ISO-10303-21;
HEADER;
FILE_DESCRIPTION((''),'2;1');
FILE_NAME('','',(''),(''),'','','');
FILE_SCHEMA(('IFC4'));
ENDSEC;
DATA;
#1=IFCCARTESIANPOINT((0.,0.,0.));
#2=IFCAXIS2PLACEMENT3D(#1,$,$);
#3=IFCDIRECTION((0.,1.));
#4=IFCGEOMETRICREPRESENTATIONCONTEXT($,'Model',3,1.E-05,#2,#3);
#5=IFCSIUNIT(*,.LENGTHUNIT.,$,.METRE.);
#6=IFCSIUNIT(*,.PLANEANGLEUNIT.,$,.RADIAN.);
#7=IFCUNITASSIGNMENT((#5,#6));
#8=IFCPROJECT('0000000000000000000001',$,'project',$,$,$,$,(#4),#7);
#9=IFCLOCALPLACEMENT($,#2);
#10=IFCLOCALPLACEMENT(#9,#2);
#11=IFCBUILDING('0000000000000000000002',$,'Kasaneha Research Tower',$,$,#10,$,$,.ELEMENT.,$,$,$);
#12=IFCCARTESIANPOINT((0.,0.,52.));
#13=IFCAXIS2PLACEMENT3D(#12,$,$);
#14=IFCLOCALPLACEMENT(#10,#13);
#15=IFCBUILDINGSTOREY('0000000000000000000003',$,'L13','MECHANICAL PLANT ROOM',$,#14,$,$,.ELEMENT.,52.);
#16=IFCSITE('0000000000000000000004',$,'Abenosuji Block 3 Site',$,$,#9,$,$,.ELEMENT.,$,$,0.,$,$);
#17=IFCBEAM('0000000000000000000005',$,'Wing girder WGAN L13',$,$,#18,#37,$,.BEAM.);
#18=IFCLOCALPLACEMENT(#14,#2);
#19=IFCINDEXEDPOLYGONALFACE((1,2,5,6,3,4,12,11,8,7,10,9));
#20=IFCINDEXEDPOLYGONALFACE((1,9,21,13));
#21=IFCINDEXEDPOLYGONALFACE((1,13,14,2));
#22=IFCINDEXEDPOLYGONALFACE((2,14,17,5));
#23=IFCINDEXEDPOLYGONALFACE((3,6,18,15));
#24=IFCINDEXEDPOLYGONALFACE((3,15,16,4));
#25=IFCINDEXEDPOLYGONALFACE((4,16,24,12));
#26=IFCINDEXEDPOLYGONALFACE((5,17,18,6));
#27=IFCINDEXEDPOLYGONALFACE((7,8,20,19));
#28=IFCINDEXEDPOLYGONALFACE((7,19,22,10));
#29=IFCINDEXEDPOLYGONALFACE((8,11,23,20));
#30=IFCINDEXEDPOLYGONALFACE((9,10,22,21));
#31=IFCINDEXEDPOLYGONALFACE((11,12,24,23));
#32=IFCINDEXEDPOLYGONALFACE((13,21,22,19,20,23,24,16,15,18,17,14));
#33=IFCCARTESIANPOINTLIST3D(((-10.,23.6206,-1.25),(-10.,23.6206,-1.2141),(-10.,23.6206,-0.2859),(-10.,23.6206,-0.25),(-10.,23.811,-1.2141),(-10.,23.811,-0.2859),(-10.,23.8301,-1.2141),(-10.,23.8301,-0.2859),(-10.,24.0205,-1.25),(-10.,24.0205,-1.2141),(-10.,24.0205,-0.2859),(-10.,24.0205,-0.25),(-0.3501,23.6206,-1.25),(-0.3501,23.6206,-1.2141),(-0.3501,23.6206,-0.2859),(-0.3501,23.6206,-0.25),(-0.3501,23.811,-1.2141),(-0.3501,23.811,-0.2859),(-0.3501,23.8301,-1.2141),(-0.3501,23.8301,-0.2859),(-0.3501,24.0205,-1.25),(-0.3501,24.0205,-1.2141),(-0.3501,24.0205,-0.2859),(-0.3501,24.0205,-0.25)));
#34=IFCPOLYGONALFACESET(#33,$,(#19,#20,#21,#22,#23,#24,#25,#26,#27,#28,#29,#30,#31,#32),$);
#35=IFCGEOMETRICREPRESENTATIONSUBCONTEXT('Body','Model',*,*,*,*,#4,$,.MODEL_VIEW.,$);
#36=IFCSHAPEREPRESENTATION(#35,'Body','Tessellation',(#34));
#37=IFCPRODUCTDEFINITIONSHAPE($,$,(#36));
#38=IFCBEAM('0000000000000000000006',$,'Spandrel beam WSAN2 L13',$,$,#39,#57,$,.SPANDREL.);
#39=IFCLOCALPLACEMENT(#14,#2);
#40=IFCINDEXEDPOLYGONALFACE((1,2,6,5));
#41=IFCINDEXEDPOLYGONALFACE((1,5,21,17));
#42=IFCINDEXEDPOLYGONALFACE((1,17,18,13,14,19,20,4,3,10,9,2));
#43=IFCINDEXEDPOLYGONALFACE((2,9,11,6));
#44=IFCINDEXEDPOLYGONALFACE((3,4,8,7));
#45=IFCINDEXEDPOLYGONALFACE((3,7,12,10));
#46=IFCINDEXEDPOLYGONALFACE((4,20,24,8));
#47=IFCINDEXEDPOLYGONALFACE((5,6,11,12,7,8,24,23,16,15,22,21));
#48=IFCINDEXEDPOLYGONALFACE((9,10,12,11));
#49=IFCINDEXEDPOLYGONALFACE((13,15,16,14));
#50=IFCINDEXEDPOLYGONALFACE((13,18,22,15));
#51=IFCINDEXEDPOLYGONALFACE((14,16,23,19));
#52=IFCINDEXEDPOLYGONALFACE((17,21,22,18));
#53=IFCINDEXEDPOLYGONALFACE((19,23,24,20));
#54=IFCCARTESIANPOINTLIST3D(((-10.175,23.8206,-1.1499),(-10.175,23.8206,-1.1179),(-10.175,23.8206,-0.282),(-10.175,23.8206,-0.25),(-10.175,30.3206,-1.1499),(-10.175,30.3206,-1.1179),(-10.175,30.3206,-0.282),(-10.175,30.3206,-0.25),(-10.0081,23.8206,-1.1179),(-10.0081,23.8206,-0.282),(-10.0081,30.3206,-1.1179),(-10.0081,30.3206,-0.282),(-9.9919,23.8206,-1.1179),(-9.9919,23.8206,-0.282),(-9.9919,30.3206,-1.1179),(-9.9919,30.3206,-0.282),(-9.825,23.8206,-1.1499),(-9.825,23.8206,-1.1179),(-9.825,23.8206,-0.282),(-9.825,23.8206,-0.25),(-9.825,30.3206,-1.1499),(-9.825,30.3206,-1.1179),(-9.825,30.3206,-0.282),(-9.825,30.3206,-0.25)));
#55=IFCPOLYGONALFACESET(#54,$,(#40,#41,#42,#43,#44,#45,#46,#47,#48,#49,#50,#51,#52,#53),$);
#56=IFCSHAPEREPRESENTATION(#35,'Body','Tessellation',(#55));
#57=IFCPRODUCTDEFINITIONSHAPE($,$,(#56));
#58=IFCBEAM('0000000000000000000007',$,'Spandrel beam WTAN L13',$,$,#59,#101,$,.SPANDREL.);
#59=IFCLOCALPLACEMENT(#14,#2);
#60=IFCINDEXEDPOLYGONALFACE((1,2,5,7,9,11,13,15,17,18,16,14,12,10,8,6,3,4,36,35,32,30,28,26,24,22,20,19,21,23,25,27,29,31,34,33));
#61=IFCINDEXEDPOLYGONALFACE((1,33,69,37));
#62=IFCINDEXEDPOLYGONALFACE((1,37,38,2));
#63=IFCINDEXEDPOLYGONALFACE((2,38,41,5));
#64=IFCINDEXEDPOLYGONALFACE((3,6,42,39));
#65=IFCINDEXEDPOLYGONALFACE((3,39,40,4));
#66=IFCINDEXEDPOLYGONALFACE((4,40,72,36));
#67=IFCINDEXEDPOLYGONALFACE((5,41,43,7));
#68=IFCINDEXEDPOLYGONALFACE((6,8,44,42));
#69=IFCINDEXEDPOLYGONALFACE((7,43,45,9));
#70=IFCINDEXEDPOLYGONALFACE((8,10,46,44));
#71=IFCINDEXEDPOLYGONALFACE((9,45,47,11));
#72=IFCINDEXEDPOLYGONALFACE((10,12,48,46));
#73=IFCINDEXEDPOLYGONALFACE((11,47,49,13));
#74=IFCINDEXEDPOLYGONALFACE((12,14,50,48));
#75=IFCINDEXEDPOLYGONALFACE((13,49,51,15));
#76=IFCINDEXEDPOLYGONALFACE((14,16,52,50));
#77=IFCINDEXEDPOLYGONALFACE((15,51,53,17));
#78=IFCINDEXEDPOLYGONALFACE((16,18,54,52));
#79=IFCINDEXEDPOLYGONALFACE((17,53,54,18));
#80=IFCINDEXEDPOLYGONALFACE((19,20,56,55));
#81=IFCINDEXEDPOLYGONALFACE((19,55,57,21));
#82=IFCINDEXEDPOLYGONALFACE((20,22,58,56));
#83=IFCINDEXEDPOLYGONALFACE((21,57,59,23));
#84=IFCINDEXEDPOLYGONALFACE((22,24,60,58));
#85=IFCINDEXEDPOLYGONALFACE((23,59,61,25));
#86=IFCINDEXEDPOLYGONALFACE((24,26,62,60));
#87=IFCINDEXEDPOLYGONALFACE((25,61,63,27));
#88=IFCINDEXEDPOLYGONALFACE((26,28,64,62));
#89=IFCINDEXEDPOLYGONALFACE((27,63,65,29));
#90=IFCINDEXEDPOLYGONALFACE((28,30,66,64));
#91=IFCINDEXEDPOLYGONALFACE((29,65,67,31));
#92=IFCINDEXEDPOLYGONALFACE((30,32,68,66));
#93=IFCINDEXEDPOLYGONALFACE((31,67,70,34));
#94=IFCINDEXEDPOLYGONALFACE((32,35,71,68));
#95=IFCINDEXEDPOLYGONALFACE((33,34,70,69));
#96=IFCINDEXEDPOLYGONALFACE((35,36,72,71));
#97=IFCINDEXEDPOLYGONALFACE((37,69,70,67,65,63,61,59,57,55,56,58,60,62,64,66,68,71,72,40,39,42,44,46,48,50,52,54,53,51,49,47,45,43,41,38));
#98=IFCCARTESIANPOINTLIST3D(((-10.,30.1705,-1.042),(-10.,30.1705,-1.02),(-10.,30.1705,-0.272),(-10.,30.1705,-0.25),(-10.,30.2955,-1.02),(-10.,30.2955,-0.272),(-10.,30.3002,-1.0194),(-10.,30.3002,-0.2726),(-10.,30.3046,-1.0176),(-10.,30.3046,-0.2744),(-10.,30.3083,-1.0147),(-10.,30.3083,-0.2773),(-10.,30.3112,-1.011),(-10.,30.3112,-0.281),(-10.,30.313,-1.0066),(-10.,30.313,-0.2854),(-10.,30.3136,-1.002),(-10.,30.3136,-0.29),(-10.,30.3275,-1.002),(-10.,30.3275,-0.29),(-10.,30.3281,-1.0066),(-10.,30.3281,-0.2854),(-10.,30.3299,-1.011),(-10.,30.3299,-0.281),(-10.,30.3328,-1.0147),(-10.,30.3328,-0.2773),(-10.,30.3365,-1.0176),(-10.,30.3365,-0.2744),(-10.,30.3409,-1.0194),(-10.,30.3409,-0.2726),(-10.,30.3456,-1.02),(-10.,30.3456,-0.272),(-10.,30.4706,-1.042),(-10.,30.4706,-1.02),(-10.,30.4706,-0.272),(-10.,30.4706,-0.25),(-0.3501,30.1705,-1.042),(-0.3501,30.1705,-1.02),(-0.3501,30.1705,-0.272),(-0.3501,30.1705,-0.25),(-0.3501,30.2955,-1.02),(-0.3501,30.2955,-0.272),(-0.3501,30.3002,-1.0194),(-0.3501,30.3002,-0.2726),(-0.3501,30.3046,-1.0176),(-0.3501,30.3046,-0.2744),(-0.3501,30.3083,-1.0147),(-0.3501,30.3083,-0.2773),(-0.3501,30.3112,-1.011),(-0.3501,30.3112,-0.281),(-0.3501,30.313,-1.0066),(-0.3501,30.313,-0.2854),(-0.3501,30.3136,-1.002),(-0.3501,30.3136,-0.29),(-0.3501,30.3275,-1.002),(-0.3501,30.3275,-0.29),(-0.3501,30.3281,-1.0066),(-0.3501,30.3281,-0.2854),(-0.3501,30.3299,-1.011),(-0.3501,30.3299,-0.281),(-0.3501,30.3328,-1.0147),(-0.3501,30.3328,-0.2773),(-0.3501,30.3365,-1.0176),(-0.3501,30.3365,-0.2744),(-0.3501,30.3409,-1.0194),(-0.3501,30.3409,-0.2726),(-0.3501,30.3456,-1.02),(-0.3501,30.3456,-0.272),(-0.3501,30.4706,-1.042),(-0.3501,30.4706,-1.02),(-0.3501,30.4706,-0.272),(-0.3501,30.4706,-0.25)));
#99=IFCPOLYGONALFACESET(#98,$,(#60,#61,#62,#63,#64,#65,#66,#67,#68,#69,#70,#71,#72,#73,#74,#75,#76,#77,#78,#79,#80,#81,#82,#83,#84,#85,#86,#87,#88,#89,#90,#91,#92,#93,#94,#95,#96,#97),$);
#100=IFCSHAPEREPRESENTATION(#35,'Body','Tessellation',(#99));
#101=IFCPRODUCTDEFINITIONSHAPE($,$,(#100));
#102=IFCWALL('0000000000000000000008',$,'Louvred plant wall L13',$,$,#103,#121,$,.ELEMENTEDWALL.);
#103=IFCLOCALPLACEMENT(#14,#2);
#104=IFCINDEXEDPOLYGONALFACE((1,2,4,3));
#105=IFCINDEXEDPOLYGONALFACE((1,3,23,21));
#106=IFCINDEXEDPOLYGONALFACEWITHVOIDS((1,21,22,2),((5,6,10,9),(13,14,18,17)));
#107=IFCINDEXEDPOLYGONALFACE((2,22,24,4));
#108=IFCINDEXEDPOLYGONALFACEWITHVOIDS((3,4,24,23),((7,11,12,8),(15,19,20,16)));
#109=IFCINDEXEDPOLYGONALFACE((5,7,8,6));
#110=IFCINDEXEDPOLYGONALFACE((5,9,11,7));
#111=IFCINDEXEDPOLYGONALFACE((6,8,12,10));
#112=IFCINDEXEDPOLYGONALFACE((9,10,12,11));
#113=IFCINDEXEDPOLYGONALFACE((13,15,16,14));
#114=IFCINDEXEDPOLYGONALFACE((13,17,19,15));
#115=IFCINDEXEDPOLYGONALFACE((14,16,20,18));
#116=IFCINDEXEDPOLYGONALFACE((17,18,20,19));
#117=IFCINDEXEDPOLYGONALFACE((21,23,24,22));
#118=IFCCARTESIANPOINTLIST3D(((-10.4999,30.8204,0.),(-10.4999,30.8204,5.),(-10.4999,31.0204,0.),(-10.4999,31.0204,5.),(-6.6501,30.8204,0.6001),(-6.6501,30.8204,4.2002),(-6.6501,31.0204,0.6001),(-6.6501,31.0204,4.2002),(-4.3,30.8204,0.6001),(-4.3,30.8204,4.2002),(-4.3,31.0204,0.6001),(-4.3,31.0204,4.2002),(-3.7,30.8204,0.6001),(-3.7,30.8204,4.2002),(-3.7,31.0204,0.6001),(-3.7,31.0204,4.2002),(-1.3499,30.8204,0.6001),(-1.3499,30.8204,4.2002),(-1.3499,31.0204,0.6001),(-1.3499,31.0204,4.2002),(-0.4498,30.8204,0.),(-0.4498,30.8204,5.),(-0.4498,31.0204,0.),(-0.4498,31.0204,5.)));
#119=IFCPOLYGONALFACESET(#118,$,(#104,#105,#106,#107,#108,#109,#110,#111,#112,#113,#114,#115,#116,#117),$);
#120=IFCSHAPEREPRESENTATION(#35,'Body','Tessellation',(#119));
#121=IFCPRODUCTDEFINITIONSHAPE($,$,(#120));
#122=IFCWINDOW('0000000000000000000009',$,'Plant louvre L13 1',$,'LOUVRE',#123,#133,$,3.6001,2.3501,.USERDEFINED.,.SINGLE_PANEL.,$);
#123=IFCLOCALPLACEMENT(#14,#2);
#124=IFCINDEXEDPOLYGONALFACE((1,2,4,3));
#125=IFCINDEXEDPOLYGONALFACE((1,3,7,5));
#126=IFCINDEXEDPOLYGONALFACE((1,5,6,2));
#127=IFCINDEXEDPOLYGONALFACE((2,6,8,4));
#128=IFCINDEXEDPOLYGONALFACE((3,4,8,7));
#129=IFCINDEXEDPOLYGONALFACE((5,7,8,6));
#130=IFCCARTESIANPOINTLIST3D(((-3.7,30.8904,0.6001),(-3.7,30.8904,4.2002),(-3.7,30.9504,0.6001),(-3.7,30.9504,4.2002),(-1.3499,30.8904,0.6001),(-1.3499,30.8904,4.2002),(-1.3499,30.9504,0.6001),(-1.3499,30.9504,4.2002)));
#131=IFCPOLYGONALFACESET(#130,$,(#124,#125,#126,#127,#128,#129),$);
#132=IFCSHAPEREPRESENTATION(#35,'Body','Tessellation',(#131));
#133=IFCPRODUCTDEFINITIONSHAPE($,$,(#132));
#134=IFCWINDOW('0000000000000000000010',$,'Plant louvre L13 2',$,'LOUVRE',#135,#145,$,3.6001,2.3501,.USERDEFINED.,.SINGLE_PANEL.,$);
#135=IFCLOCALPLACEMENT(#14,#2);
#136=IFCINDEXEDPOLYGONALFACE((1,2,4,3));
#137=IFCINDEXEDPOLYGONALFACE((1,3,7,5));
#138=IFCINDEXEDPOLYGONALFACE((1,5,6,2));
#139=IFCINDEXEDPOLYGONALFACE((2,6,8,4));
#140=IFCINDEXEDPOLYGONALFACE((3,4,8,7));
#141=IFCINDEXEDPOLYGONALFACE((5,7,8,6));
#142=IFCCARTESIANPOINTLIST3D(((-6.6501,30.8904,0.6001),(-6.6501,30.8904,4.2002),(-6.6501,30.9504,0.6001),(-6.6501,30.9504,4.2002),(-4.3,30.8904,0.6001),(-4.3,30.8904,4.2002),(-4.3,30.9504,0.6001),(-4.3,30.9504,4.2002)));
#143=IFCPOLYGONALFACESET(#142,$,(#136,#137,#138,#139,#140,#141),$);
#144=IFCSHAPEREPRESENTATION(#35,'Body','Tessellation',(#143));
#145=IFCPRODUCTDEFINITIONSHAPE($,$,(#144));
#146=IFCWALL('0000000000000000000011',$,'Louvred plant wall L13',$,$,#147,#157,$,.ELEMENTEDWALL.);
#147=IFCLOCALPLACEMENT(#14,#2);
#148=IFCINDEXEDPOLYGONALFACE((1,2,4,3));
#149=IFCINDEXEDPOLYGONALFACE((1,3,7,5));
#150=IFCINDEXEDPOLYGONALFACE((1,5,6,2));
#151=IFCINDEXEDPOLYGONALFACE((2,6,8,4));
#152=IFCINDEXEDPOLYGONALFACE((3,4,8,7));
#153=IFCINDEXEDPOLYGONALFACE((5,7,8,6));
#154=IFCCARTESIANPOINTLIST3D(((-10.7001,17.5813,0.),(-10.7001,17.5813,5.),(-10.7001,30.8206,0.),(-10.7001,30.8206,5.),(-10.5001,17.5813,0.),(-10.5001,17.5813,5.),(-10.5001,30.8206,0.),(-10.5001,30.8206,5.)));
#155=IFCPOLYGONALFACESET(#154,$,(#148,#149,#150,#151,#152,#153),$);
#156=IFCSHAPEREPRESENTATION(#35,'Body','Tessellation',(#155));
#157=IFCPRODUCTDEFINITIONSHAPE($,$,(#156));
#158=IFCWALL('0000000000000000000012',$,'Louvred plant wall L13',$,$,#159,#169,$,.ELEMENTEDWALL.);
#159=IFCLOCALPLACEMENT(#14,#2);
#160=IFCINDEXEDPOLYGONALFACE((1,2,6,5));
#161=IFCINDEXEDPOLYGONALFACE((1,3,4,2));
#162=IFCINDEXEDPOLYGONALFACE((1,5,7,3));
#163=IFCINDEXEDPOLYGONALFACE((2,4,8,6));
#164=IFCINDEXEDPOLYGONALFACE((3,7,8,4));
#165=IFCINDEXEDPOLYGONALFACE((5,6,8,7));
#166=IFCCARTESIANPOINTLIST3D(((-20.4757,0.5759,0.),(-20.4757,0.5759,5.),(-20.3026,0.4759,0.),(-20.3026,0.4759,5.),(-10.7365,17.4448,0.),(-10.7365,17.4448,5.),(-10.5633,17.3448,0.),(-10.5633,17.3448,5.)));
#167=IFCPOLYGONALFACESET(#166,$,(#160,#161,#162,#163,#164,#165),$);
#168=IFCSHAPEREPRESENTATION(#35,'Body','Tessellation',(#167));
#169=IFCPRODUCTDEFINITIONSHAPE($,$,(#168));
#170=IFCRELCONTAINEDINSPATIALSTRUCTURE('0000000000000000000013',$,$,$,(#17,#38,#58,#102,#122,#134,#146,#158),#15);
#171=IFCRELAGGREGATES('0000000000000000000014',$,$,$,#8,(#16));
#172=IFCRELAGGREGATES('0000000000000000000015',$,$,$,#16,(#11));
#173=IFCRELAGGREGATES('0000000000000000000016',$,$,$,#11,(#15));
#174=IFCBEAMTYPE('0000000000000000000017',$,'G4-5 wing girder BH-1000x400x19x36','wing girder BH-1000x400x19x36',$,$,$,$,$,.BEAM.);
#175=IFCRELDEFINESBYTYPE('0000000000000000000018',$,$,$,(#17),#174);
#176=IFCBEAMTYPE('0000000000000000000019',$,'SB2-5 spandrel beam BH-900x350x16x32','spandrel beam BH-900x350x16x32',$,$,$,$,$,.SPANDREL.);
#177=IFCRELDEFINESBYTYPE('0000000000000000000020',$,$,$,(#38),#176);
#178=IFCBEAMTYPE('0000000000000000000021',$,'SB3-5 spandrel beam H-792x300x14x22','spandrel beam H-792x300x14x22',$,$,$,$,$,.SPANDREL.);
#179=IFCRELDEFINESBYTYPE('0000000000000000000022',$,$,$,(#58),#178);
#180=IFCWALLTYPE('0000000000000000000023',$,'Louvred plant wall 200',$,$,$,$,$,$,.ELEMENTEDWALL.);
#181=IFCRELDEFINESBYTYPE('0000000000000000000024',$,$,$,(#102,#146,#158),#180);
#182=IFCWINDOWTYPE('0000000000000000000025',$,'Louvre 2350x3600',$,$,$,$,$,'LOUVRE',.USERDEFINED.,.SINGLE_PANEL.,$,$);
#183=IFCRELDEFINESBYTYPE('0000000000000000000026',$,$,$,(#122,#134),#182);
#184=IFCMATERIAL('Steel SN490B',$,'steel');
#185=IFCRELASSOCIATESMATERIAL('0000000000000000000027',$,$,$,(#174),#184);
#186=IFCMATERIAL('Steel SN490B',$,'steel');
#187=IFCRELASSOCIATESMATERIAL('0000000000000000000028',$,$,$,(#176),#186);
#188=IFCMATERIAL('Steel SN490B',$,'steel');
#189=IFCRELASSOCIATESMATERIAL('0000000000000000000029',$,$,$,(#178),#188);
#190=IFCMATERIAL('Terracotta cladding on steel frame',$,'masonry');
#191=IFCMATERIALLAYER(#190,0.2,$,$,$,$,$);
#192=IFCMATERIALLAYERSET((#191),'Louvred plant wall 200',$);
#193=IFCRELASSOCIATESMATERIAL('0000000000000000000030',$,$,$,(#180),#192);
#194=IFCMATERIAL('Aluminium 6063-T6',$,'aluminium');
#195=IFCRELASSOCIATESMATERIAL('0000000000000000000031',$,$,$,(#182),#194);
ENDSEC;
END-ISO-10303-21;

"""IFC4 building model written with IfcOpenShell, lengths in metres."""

from ifc_helpers import new_model, si_unit, direction, frame, frame_2d, origin, origin_2d, place, context, subcontext, project, spatial, rectangle, i_section, extrude, material, layer, layer_set, material_profile, profile_set, type_object, element, fill, save


model = new_model("IFC4")

# Units and contexts
model_context = context("Model", 3, precision=1e-05, world=origin(), true_north=direction((0.0, 1.0)))
body_context = subcontext(model_context, "Body", "Model", "MODEL_VIEW")
ifc_project = project(units=[si_unit("LENGTHUNIT", "METRE"), si_unit("PLANEANGLEUNIT", "RADIAN")], contexts=[model_context])

# Site, building, storey
site_placement = place(None, origin())
site = spatial("IfcSite", under=ifc_project, at=site_placement, Name="Abenosuji Block 3 Site", CompositionType="ELEMENT", RefElevation=0.0)
building_placement = place(site_placement, origin())
building = spatial("IfcBuilding", under=site, at=building_placement, Name="Kasaneha Research Tower", CompositionType="ELEMENT")
storey_placement = place(building_placement, frame((0.0, 0.0, 52.0)))
storey = spatial("IfcBuildingStorey", under=building, at=storey_placement, Name="L13", Description="MECHANICAL PLANT ROOM", CompositionType="ELEMENT", Elevation=52.0)

# Beams
ifc_material_1 = material(Name="Steel SN490B", Category="steel")
ifc_material_profile_1 = material_profile(ifc_material_1, i_section(OverallWidth=0.3999, OverallDepth=1.0, WebThickness=0.019, FlangeThickness=0.0359, at=origin_2d()), Name="BH-1000x400x19x36")
ifc_profile_set_1 = profile_set([ifc_material_profile_1], Name="Steel SN490B")
beam_type_1 = type_object("IfcBeamType", Name="G4-5 wing girder BH-1000x400x19x36", Description="wing girder BH-1000x400x19x36", PredefinedType="BEAM", material=ifc_profile_set_1)
beam_1_placement = place(storey_placement, frame((-10.0, 23.8206, -0.75), z_axis=(1.0, 0.0, 0.0), x_axis=(0.0, 1.0, 0.0)))
element("IfcBeam", 1, at=beam_1_placement, inside=storey, type_object=beam_type_1, Name="Wing girder WGAN L13", PredefinedType="BEAM", context=body_context, shape_type="SweptSolid", body=[
    extrude(i_section(OverallWidth=0.3999, OverallDepth=1.0, WebThickness=0.019, FlangeThickness=0.0359, at=origin_2d()), origin(), (0.0, 0.0, 1.0), 9.6499),
])
ifc_material_2 = material(Name="Steel SN490B", Category="steel")
ifc_material_profile_2 = material_profile(ifc_material_2, i_section(OverallWidth=0.3501, OverallDepth=0.8999, WebThickness=0.0161, FlangeThickness=0.032, at=origin_2d()), Name="BH-900x350x16x32")
ifc_profile_set_2 = profile_set([ifc_material_profile_2], Name="Steel SN490B")
beam_type_2 = type_object("IfcBeamType", Name="SB2-5 spandrel beam BH-900x350x16x32", Description="spandrel beam BH-900x350x16x32", PredefinedType="SPANDREL", material=ifc_profile_set_2)
beam_2_placement = place(storey_placement, frame((-10.0, 23.8206, -0.7), z_axis=(0.0, 1.0, 0.0), x_axis=(-1.0, 0.0, 0.0)))
element("IfcBeam", 2, at=beam_2_placement, inside=storey, type_object=beam_type_2, Name="Spandrel beam WSAN2 L13", PredefinedType="SPANDREL", context=body_context, shape_type="SweptSolid", body=[
    extrude(i_section(OverallWidth=0.3501, OverallDepth=0.8999, WebThickness=0.0161, FlangeThickness=0.032, at=origin_2d()), origin(), (0.0, 0.0, 1.0), 6.5),
])
ifc_material_3 = material(Name="Steel SN490B", Category="steel")
ifc_material_profile_3 = material_profile(ifc_material_3, i_section(OverallWidth=0.3, OverallDepth=0.792, WebThickness=0.0139, FlangeThickness=0.022, FilletRadius=0.0181, at=origin_2d()), Name="H-792x300x14x22")
ifc_profile_set_3 = profile_set([ifc_material_profile_3], Name="Steel SN490B")
beam_type_3 = type_object("IfcBeamType", Name="SB3-5 spandrel beam H-792x300x14x22", Description="spandrel beam H-792x300x14x22", PredefinedType="SPANDREL", material=ifc_profile_set_3)
beam_3_placement = place(storey_placement, frame((-10.0, 30.3206, -0.646), z_axis=(1.0, 0.0, 0.0), x_axis=(0.0, 1.0, 0.0)))
element("IfcBeam", 3, at=beam_3_placement, inside=storey, type_object=beam_type_3, Name="Spandrel beam WTAN L13", PredefinedType="SPANDREL", context=body_context, shape_type="SweptSolid", body=[
    extrude(i_section(OverallWidth=0.3, OverallDepth=0.792, WebThickness=0.0139, FlangeThickness=0.022, FilletRadius=0.0181, at=origin_2d()), origin(), (0.0, 0.0, 1.0), 9.6499),
])

# Wall, openings, windows
ifc_material_4 = material(Name="Terracotta cladding on steel frame", Category="masonry")
ifc_layer_1 = layer(ifc_material_4, 0.2)
ifc_layer_set_1 = layer_set([ifc_layer_1], Name="Louvred plant wall 200")
wall_type_1 = type_object("IfcWallType", Name="Louvred plant wall 200", PredefinedType="ELEMENTEDWALL", material=ifc_layer_set_1)
wall_1_placement = place(storey_placement, frame((-0.45, 30.9204, 0.0), z_axis=(0.0, 0.0, 1.0), x_axis=(-1.0, 0.0, 0.0)))
wall_1 = element("IfcWall", 4, at=wall_1_placement, inside=storey, type_object=wall_type_1, Name="Louvred plant wall L13", PredefinedType="ELEMENTEDWALL", context=body_context, shape_type="SweptSolid", body=[
    extrude(rectangle(XDim=10.05, YDim=0.2, at=frame_2d((5.0249, 0.0))), origin(), (0.0, 0.0, 1.0), 5.0),
])
opening_1_placement = place(wall_1_placement, frame((0.8999, 0.0, 0.6001)))
opening_1 = element("IfcOpeningElement", 5, at=opening_1_placement, cuts=wall_1, PredefinedType="OPENING", context=body_context, shape_type="SweptSolid", body=[
    extrude(rectangle(XDim=2.3501, YDim=3.6001, at=frame_2d((1.175, 1.8))), frame((0.0, 0.1099, 0.0), z_axis=(0.0, -1.0, 0.0), x_axis=(1.0, 0.0, 0.0)), (0.0, 0.0, 1.0), 0.22),
])
opening_2_placement = place(wall_1_placement, frame((3.8501, 0.0, 0.6001)))
opening_2 = element("IfcOpeningElement", 6, at=opening_2_placement, cuts=wall_1, PredefinedType="OPENING", context=body_context, shape_type="SweptSolid", body=[
    extrude(rectangle(XDim=2.3501, YDim=3.6001, at=frame_2d((1.175, 1.8))), frame((0.0, 0.1099, 0.0), z_axis=(0.0, -1.0, 0.0), x_axis=(1.0, 0.0, 0.0)), (0.0, 0.0, 1.0), 0.22),
])
ifc_material_5 = material(Name="Aluminium 6063-T6", Category="aluminium")
window_type = type_object("IfcWindowType", Name="Louvre 2350x3600", ElementType="LOUVRE", PartitioningType="SINGLE_PANEL", PredefinedType="USERDEFINED", material=ifc_material_5)
window_1_placement = place(opening_1_placement, origin())
window_1 = element("IfcWindow", 7, at=window_1_placement, inside=storey, type_object=window_type, Name="Plant louvre L13 1", ObjectType="LOUVRE", OverallHeight=3.6001, OverallWidth=2.3501, PartitioningType="SINGLE_PANEL", PredefinedType="USERDEFINED", context=body_context, shape_type="SweptSolid", body=[
    extrude(rectangle(XDim=2.3501, YDim=3.6001, at=frame_2d((1.175, 1.8))), frame((0.0, 0.03, 0.0), z_axis=(0.0, -1.0, 0.0), x_axis=(1.0, 0.0, 0.0)), (0.0, 0.0, 1.0), 0.0601),
])
fill(opening_1, window_1)
window_2_placement = place(opening_2_placement, origin())
window_2 = element("IfcWindow", 8, at=window_2_placement, inside=storey, type_object=window_type, Name="Plant louvre L13 2", ObjectType="LOUVRE", OverallHeight=3.6001, OverallWidth=2.3501, PartitioningType="SINGLE_PANEL", PredefinedType="USERDEFINED", context=body_context, shape_type="SweptSolid", body=[
    extrude(rectangle(XDim=2.3501, YDim=3.6001, at=frame_2d((1.175, 1.8))), frame((0.0, 0.03, 0.0), z_axis=(0.0, -1.0, 0.0), x_axis=(1.0, 0.0, 0.0)), (0.0, 0.0, 1.0), 0.0601),
])
fill(opening_2, window_2)

# Walls
wall_2_placement = place(storey_placement, frame((-10.6001, 30.8206, 0.0), z_axis=(0.0, 0.0, 1.0), x_axis=(0.0, -1.0, 0.0)))
element("IfcWall", 9, at=wall_2_placement, inside=storey, type_object=wall_type_1, Name="Louvred plant wall L13", PredefinedType="ELEMENTEDWALL", context=body_context, shape_type="SweptSolid", body=[
    extrude(rectangle(XDim=13.2393, YDim=0.2, at=frame_2d((6.6196, 0.0))), origin(), (0.0, 0.0, 1.0), 5.0),
])
wall_3_placement = place(storey_placement, frame((-10.6499, 17.3948, 0.0), z_axis=(0.0, 0.0, 1.0), x_axis=(-0.5, -0.866025, 0.0)))
element("IfcWall", 10, at=wall_3_placement, inside=storey, type_object=wall_type_1, Name="Louvred plant wall L13", PredefinedType="ELEMENTEDWALL", context=body_context, shape_type="SweptSolid", body=[
    extrude(rectangle(XDim=19.4785, YDim=0.2, at=frame_2d((9.7393, 0.0))), origin(), (0.0, 0.0, 1.0), 5.0),
])

save(model, "model.ifc")
